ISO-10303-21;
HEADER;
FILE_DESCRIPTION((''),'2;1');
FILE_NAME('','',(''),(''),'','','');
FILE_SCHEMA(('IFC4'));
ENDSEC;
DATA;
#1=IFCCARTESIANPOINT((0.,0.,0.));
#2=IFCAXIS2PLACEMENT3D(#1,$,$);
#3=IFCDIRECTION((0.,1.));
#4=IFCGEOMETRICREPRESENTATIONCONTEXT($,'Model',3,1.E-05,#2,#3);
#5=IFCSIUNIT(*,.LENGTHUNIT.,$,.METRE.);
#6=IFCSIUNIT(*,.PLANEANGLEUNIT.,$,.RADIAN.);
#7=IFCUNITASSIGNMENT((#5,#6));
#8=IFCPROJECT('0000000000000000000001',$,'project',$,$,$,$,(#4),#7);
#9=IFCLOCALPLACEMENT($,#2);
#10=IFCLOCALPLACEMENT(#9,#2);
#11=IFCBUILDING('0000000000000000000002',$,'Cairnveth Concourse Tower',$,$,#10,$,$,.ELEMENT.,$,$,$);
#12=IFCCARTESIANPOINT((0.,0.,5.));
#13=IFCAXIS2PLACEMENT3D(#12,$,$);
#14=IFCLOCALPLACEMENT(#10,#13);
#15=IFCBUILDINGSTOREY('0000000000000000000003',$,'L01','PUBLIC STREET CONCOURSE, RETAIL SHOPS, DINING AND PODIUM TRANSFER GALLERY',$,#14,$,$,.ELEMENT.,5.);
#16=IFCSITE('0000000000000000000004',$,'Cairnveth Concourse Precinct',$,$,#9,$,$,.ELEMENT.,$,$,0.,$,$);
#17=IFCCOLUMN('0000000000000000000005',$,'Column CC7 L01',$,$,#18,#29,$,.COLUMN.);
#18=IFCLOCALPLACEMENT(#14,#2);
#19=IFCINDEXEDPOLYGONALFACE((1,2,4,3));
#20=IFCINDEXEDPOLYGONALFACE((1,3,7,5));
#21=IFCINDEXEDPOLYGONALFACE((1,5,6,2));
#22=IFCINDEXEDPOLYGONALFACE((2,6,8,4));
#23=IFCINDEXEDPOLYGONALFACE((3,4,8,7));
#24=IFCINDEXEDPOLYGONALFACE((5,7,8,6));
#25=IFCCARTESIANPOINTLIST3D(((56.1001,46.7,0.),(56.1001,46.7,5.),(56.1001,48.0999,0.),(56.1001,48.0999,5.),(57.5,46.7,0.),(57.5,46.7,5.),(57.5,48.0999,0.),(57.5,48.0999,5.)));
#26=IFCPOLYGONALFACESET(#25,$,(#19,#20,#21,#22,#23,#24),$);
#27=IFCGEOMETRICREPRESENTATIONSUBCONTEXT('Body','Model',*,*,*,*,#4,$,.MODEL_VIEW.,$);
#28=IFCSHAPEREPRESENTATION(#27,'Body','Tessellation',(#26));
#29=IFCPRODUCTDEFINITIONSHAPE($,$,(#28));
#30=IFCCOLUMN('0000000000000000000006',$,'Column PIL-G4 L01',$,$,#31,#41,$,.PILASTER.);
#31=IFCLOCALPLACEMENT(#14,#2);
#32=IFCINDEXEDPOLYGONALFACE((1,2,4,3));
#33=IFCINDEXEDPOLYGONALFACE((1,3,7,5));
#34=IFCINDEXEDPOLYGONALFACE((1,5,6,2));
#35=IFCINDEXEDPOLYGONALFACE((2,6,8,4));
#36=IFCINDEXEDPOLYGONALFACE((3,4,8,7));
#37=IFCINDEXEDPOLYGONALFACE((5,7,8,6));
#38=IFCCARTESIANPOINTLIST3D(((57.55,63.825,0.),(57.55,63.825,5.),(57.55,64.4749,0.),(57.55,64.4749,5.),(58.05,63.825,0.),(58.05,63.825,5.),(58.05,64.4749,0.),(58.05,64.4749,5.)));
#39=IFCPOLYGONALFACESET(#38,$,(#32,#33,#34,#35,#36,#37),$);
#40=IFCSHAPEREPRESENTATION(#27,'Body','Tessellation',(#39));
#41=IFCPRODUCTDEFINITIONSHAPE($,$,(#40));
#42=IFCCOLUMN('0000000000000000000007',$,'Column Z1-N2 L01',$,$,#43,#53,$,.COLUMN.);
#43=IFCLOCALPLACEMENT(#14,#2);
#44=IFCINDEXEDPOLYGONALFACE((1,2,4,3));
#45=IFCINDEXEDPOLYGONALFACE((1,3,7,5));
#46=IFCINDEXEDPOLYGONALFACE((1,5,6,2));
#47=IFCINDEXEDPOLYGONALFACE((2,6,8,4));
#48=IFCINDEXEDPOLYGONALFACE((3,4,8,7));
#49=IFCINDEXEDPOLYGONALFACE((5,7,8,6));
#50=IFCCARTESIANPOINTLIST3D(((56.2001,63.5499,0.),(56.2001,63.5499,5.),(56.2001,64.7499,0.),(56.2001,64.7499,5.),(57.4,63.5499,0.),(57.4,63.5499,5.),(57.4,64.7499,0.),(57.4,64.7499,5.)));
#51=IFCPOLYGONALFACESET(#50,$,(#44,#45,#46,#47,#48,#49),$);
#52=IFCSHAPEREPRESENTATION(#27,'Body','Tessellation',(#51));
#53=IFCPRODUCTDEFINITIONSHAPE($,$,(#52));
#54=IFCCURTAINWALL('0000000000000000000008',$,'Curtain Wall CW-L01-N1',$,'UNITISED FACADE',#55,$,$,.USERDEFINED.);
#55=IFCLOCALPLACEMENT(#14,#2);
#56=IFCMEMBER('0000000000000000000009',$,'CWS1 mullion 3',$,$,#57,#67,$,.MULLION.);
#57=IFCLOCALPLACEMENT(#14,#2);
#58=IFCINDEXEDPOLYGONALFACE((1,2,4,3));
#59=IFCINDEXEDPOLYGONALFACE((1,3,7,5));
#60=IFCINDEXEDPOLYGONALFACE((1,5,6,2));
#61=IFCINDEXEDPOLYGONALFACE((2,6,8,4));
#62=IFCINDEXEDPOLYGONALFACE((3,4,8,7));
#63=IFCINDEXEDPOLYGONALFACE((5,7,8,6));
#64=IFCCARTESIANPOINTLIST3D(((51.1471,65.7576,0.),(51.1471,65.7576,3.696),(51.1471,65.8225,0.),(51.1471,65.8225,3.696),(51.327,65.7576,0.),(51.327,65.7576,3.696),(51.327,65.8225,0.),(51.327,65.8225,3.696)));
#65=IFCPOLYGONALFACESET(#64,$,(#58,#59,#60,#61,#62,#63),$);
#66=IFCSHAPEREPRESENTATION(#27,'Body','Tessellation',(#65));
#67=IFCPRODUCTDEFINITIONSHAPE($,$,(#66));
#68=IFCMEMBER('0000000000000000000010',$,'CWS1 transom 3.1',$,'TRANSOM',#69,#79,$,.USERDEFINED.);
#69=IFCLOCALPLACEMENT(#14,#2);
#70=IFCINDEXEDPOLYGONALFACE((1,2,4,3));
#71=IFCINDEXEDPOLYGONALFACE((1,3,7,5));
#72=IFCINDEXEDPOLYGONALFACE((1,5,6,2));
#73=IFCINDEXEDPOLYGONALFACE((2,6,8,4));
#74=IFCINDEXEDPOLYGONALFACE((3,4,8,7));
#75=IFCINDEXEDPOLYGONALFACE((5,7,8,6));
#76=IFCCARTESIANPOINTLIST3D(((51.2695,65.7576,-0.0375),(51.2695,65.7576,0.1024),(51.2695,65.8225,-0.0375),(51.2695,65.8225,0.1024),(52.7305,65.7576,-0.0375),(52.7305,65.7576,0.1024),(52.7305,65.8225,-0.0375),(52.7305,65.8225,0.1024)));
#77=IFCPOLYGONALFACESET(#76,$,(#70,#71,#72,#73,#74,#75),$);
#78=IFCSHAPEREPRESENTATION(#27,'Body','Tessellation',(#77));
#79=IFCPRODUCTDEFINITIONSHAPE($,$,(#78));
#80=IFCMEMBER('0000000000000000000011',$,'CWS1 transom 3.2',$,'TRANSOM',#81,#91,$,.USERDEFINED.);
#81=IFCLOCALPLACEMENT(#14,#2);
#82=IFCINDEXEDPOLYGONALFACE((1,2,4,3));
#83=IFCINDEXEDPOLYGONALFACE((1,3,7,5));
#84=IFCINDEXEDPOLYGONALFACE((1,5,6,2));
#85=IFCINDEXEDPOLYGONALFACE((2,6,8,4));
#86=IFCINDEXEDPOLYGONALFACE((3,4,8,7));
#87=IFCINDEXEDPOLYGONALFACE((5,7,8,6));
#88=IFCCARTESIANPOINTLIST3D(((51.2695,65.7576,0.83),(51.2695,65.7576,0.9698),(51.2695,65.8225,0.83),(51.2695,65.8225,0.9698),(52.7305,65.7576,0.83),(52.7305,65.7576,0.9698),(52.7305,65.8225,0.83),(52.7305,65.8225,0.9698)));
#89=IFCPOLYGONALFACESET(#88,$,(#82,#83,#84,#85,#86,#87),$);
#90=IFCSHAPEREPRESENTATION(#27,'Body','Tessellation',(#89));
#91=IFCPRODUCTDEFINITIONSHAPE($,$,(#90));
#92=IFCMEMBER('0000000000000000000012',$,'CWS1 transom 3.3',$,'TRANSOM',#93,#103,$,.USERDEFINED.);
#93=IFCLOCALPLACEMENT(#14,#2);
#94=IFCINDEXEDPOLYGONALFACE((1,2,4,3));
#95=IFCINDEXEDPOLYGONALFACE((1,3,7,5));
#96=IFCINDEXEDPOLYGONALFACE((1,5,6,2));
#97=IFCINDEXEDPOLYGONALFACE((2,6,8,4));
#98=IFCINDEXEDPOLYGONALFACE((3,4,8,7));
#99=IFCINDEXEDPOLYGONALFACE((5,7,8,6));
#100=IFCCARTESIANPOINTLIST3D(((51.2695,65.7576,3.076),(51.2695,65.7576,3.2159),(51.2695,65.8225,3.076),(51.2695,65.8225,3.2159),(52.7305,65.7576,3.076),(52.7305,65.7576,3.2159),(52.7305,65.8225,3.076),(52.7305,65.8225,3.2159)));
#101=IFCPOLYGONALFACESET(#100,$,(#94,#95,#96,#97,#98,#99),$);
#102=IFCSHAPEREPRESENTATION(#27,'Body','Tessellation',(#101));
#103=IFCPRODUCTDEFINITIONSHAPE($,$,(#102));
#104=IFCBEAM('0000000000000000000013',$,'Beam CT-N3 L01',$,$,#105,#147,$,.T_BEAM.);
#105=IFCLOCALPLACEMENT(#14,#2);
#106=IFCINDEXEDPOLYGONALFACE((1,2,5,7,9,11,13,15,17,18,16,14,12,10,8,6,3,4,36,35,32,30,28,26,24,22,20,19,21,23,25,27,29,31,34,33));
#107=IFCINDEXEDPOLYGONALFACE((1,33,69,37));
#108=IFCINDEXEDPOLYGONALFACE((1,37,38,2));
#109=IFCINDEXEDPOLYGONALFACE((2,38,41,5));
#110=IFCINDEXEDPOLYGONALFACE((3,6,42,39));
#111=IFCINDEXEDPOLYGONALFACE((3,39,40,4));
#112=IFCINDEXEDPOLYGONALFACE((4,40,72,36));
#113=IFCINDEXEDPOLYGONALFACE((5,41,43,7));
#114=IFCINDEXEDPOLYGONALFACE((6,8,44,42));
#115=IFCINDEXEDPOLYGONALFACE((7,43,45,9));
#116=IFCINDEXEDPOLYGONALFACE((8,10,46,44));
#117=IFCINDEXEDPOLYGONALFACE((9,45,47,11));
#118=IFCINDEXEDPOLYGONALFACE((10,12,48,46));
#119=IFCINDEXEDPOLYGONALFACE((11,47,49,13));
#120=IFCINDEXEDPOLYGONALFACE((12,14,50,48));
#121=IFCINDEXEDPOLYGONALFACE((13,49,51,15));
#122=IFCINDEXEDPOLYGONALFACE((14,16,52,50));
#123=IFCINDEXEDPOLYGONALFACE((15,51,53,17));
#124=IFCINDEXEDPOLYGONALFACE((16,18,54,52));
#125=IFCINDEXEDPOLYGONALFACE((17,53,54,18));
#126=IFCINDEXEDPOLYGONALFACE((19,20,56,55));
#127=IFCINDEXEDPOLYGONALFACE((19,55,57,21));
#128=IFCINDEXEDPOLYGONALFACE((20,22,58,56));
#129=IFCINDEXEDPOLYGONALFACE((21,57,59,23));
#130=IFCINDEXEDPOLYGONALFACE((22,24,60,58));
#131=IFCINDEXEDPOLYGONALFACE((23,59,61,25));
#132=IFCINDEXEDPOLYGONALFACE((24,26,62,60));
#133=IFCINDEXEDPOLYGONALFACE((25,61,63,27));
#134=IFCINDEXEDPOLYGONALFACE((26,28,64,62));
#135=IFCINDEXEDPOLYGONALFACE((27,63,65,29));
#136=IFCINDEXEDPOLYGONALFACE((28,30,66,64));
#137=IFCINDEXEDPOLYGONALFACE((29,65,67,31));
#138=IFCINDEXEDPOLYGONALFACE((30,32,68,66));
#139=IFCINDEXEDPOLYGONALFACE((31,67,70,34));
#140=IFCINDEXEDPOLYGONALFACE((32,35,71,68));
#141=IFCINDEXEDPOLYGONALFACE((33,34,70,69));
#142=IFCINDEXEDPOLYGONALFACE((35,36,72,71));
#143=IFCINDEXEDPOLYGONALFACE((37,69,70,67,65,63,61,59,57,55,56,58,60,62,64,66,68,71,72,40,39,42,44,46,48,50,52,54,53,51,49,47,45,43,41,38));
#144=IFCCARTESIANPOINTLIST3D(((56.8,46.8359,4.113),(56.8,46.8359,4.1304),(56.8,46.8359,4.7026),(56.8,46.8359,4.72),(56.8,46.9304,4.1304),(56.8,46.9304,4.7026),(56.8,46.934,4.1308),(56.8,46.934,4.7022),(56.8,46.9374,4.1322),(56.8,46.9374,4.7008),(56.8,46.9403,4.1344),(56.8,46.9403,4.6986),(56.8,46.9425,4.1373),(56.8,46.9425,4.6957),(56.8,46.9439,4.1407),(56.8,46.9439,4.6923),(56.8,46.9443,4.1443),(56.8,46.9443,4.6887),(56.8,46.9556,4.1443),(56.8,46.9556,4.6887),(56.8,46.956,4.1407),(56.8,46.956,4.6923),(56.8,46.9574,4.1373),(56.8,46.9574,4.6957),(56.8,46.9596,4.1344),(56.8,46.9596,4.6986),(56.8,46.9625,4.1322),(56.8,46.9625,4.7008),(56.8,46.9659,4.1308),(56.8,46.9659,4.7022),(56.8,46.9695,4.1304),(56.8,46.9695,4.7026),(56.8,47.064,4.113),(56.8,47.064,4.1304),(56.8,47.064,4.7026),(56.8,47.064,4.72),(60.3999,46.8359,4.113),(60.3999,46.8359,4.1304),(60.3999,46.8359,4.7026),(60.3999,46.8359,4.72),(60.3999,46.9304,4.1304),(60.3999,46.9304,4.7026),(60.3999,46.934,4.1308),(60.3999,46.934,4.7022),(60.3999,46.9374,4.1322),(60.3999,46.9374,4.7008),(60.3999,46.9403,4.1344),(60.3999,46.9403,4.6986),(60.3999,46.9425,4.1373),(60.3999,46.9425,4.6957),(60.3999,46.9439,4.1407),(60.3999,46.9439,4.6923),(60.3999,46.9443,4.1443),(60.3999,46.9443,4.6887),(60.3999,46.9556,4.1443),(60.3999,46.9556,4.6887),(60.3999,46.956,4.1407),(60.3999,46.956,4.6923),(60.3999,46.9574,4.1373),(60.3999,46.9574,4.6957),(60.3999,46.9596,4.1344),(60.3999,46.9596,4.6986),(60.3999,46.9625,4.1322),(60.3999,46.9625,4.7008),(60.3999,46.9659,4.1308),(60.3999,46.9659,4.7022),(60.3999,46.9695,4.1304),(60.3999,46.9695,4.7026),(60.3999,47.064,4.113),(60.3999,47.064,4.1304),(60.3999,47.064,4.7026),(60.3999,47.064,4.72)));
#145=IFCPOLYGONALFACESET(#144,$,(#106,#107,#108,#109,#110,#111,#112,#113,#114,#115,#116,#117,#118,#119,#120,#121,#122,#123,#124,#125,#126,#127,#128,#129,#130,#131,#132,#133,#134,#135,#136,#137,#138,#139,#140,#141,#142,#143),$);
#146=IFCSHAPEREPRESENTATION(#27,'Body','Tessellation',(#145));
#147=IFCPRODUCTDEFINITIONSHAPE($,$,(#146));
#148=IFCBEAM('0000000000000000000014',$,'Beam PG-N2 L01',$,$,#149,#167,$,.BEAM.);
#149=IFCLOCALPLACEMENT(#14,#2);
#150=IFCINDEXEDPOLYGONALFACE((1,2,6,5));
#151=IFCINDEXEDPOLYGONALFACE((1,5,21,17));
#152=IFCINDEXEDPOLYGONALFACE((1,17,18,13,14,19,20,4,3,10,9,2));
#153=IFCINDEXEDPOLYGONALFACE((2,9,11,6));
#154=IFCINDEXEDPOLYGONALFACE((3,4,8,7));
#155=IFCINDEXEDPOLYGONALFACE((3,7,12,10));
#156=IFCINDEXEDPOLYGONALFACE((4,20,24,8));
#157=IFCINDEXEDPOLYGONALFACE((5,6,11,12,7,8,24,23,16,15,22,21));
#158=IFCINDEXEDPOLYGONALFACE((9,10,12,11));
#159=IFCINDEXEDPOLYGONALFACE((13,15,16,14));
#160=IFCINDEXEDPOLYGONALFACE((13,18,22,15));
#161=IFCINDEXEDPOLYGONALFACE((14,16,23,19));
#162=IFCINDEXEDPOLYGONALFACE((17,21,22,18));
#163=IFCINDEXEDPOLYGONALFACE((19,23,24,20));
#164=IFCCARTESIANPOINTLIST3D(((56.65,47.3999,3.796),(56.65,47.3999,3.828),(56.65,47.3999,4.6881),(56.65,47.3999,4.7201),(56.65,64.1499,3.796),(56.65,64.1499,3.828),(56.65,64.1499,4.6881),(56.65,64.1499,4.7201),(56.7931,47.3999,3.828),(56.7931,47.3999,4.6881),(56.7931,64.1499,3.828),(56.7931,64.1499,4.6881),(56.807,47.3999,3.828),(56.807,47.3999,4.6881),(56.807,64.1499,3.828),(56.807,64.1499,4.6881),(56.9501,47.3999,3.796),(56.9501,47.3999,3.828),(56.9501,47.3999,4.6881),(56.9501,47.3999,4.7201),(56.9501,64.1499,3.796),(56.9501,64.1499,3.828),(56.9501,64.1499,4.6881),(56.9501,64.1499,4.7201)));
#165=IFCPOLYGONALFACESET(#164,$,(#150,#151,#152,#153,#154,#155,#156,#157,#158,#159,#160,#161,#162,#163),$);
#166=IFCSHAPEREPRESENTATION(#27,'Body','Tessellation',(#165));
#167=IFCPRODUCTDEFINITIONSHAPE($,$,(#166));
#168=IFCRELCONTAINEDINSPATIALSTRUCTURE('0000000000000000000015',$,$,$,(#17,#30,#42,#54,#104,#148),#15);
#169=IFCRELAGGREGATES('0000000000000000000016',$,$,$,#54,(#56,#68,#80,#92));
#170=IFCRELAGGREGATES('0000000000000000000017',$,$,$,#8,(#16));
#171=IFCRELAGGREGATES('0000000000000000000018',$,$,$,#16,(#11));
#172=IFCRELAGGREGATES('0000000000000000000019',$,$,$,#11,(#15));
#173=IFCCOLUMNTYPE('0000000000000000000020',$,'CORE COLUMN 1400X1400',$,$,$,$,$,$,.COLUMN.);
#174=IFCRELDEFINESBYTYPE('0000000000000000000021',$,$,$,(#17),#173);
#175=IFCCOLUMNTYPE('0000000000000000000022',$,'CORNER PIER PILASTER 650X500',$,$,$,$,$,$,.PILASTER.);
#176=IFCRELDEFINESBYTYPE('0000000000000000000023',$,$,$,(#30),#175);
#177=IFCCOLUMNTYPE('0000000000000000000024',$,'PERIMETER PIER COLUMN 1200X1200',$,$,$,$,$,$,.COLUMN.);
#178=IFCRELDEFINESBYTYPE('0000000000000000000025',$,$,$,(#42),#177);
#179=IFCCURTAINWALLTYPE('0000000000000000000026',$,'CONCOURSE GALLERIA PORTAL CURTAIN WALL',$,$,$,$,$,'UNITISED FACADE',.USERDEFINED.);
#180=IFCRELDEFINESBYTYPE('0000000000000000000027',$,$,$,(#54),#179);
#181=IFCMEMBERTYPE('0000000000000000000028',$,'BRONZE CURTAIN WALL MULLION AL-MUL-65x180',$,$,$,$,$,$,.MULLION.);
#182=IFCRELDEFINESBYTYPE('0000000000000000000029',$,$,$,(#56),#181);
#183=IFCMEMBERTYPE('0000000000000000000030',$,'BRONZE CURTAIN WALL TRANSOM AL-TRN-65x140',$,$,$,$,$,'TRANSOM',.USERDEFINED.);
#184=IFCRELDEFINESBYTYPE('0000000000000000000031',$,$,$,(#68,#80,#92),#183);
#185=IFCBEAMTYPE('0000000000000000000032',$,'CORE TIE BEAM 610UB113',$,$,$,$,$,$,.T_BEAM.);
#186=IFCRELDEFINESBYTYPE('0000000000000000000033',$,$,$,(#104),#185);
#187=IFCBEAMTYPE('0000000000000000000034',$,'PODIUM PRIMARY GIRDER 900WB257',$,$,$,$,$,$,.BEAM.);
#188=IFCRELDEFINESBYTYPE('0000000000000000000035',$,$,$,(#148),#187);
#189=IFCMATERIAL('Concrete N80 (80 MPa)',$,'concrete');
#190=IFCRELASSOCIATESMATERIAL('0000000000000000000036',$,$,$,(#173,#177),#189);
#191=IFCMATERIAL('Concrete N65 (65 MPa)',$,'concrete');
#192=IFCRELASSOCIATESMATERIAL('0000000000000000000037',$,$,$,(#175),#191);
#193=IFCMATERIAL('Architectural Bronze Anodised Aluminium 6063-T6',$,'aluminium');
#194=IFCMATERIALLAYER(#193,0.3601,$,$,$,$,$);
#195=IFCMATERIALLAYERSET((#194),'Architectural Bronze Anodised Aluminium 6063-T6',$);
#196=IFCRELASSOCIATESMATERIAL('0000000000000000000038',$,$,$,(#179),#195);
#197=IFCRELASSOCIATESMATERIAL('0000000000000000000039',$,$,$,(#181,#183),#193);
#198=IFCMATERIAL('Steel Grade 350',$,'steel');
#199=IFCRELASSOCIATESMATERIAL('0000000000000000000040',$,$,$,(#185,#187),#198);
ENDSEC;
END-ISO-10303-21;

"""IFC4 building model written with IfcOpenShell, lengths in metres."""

from ifc_helpers import new_model, si_unit, direction, frame, origin, origin_2d, place, context, subcontext, project, spatial, rectangle, i_section, extrude, material, layer, layer_set, material_profile, profile_set, type_object, element, aggregate, save


model = new_model("IFC4")

# Units and contexts
model_context = context("Model", 3, precision=1e-05, world=origin(), true_north=direction((0.0, 1.0)))
body_context = subcontext(model_context, "Body", "Model", "MODEL_VIEW")
ifc_project = project(units=[si_unit("LENGTHUNIT", "METRE"), si_unit("PLANEANGLEUNIT", "RADIAN")], contexts=[model_context])

# Site, building, storey
site_placement = place(None, origin())
site = spatial("IfcSite", under=ifc_project, at=site_placement, Name="Cairnveth Concourse Precinct", CompositionType="ELEMENT", RefElevation=0.0)
building_placement = place(site_placement, origin())
building = spatial("IfcBuilding", under=site, at=building_placement, Name="Cairnveth Concourse Tower", CompositionType="ELEMENT")
storey_placement = place(building_placement, frame((0.0, 0.0, 5.0)))
storey = spatial("IfcBuildingStorey", under=building, at=storey_placement, Name="L01", Description="PUBLIC STREET CONCOURSE, RETAIL SHOPS, DINING AND PODIUM TRANSFER GALLERY", CompositionType="ELEMENT", Elevation=5.0)

# Columns
ifc_material_1 = material(Name="Concrete N80 (80 MPa)", Category="concrete")
ifc_material_profile_1 = material_profile(ifc_material_1, rectangle(XDim=1.3999, YDim=1.3999, at=origin_2d()), Name="RC-COL-1400x1400")
ifc_profile_set_1 = profile_set([ifc_material_profile_1], Name="Concrete N80 (80 MPa)")
column_type_1 = type_object("IfcColumnType", Name="CORE COLUMN 1400X1400", PredefinedType="COLUMN", material=ifc_profile_set_1)
column_1_placement = place(storey_placement, frame((56.8, 47.3999, 0.0), z_axis=(0.0, 0.0, 1.0), x_axis=(1.0, 0.0, 0.0)))
element("IfcColumn", 1, at=column_1_placement, inside=storey, type_object=column_type_1, Name="Column CC7 L01", PredefinedType="COLUMN", context=body_context, shape_type="SweptSolid", body=[
    extrude(rectangle(XDim=1.3999, YDim=1.3999, at=origin_2d()), origin(), (0.0, 0.0, 1.0), 5.0),
])
ifc_material_2 = material(Name="Concrete N65 (65 MPa)", Category="concrete")
ifc_material_profile_2 = material_profile(ifc_material_2, rectangle(XDim=0.5, YDim=0.6499, at=origin_2d()), Name="RC-PIL-650x500")
ifc_profile_set_2 = profile_set([ifc_material_profile_2], Name="Concrete N65 (65 MPa)")
column_type_2 = type_object("IfcColumnType", Name="CORNER PIER PILASTER 650X500", PredefinedType="PILASTER", material=ifc_profile_set_2)
column_2_placement = place(storey_placement, frame((57.8, 64.1499, 0.0), z_axis=(0.0, 0.0, 1.0), x_axis=(1.0, 0.0, 0.0)))
element("IfcColumn", 2, at=column_2_placement, inside=storey, type_object=column_type_2, Name="Column PIL-G4 L01", PredefinedType="PILASTER", context=body_context, shape_type="SweptSolid", body=[
    extrude(rectangle(XDim=0.5, YDim=0.6499, at=origin_2d()), origin(), (0.0, 0.0, 1.0), 5.0),
])
ifc_material_profile_3 = material_profile(ifc_material_1, rectangle(XDim=1.2, YDim=1.2, at=origin_2d()), Name="RC-COL-1200x1200")
ifc_profile_set_3 = profile_set([ifc_material_profile_3], Name="Concrete N80 (80 MPa)")
column_type_3 = type_object("IfcColumnType", Name="PERIMETER PIER COLUMN 1200X1200", PredefinedType="COLUMN", material=ifc_profile_set_3)
column_3_placement = place(storey_placement, frame((56.8, 64.1499, 0.0), z_axis=(0.0, 0.0, 1.0), x_axis=(1.0, 0.0, 0.0)))
element("IfcColumn", 3, at=column_3_placement, inside=storey, type_object=column_type_3, Name="Column Z1-N2 L01", PredefinedType="COLUMN", context=body_context, shape_type="SweptSolid", body=[
    extrude(rectangle(XDim=1.2, YDim=1.2, at=origin_2d()), origin(), (0.0, 0.0, 1.0), 5.0),
])

# Curtain wall, members
ifc_material_3 = material(Name="Architectural Bronze Anodised Aluminium 6063-T6", Category="aluminium")
ifc_layer_1 = layer(ifc_material_3, 0.3601)
ifc_layer_set_1 = layer_set([ifc_layer_1], Name="Architectural Bronze Anodised Aluminium 6063-T6")
curtain_wall_type = type_object("IfcCurtainWallType", Name="CONCOURSE GALLERIA PORTAL CURTAIN WALL", ElementType="UNITISED FACADE", PredefinedType="USERDEFINED", material=ifc_layer_set_1)
curtain_wall_placement = place(storey_placement, origin())
curtain_wall = element("IfcCurtainWall", 4, at=curtain_wall_placement, inside=storey, type_object=curtain_wall_type, Name="Curtain Wall CW-L01-N1", ObjectType="UNITISED FACADE", PredefinedType="USERDEFINED")
ifc_material_profile_4 = material_profile(ifc_material_3, rectangle(XDim=0.0649, YDim=0.1799, at=origin_2d()), Name="AL-MUL-65x180")
ifc_profile_set_4 = profile_set([ifc_material_profile_4], Name="Architectural Bronze Anodised Aluminium 6063-T6")
member_type_1 = type_object("IfcMemberType", Name="BRONZE CURTAIN WALL MULLION AL-MUL-65x180", PredefinedType="MULLION", material=ifc_profile_set_4)
member_1_placement = place(storey_placement, frame((51.2371, 65.79, 0.0), z_axis=(0.0, 0.0, 1.0), x_axis=(0.0, 1.0, 0.0)))
member_1 = element("IfcMember", 5, at=member_1_placement, type_object=member_type_1, Name="CWS1 mullion 3", PredefinedType="MULLION", context=body_context, shape_type="SweptSolid", body=[
    extrude(rectangle(XDim=0.0649, YDim=0.1799, at=origin_2d()), origin(), (0.0, 0.0, 1.0), 3.696),
])
ifc_material_profile_5 = material_profile(ifc_material_3, rectangle(XDim=0.0649, YDim=0.1399, at=origin_2d()), Name="AL-TRN-65x140")
ifc_profile_set_5 = profile_set([ifc_material_profile_5], Name="Architectural Bronze Anodised Aluminium 6063-T6")
member_type_2 = type_object("IfcMemberType", Name="BRONZE CURTAIN WALL TRANSOM AL-TRN-65x140", ElementType="TRANSOM", PredefinedType="USERDEFINED", material=ifc_profile_set_5)
member_2_placement = place(storey_placement, frame((51.2695, 65.79, 0.0325), z_axis=(1.0, 0.0, 0.0), x_axis=(0.0, 1.0, 0.0)))
member_2 = element("IfcMember", 6, at=member_2_placement, type_object=member_type_2, Name="CWS1 transom 3.1", ObjectType="TRANSOM", PredefinedType="USERDEFINED", context=body_context, shape_type="SweptSolid", body=[
    extrude(rectangle(XDim=0.0649, YDim=0.1399, at=origin_2d()), origin(), (0.0, 0.0, 1.0), 1.4609),
])
member_3_placement = place(storey_placement, frame((51.2695, 65.79, 0.8999), z_axis=(1.0, 0.0, 0.0), x_axis=(0.0, 1.0, 0.0)))
member_3 = element("IfcMember", 7, at=member_3_placement, type_object=member_type_2, Name="CWS1 transom 3.2", ObjectType="TRANSOM", PredefinedType="USERDEFINED", context=body_context, shape_type="SweptSolid", body=[
    extrude(rectangle(XDim=0.0649, YDim=0.1399, at=origin_2d()), origin(), (0.0, 0.0, 1.0), 1.4609),
])
member_4_placement = place(storey_placement, frame((51.2695, 65.79, 3.146), z_axis=(1.0, 0.0, 0.0), x_axis=(0.0, 1.0, 0.0)))
member_4 = element("IfcMember", 8, at=member_4_placement, type_object=member_type_2, Name="CWS1 transom 3.3", ObjectType="TRANSOM", PredefinedType="USERDEFINED", context=body_context, shape_type="SweptSolid", body=[
    extrude(rectangle(XDim=0.0649, YDim=0.1399, at=origin_2d()), origin(), (0.0, 0.0, 1.0), 1.4609),
])
aggregate(curtain_wall, [member_1, member_2, member_3, member_4])

# Beams
ifc_material_4 = material(Name="Steel Grade 350", Category="steel")
ifc_material_profile_6 = material_profile(ifc_material_4, i_section(OverallWidth=0.228, OverallDepth=0.6069, WebThickness=0.0112, FlangeThickness=0.0173, FilletRadius=0.0139, at=origin_2d()), Name="610UB113")
ifc_profile_set_6 = profile_set([ifc_material_profile_6], Name="Steel Grade 350")
beam_type_1 = type_object("IfcBeamType", Name="CORE TIE BEAM 610UB113", PredefinedType="T_BEAM", material=ifc_profile_set_6)
beam_1_placement = place(storey_placement, frame((56.8, 46.95, 4.4165), z_axis=(1.0, 0.0, 0.0), x_axis=(0.0, 1.0, 0.0)))
element("IfcBeam", 9, at=beam_1_placement, inside=storey, type_object=beam_type_1, Name="Beam CT-N3 L01", PredefinedType="T_BEAM", context=body_context, shape_type="SweptSolid", body=[
    extrude(i_section(OverallWidth=0.228, OverallDepth=0.6069, WebThickness=0.0112, FlangeThickness=0.0173, FilletRadius=0.0139, at=origin_2d()), origin(), (0.0, 0.0, 1.0), 3.5999),
])
ifc_material_profile_7 = material_profile(ifc_material_4, i_section(OverallWidth=0.3, OverallDepth=0.9241, WebThickness=0.0139, FlangeThickness=0.032, at=origin_2d()), Name="900WB257")
ifc_profile_set_7 = profile_set([ifc_material_profile_7], Name="Steel Grade 350")
beam_type_2 = type_object("IfcBeamType", Name="PODIUM PRIMARY GIRDER 900WB257", PredefinedType="BEAM", material=ifc_profile_set_7)
beam_2_placement = place(storey_placement, frame((56.8, 47.3999, 4.2581), z_axis=(0.0, 1.0, 0.0), x_axis=(-1.0, 0.0, 0.0)))
element("IfcBeam", 10, at=beam_2_placement, inside=storey, type_object=beam_type_2, Name="Beam PG-N2 L01", PredefinedType="BEAM", context=body_context, shape_type="SweptSolid", body=[
    extrude(i_section(OverallWidth=0.3, OverallDepth=0.9241, WebThickness=0.0139, FlangeThickness=0.032, at=origin_2d()), origin(), (0.0, 0.0, 1.0), 16.75),
])

save(model, "model.ifc")
